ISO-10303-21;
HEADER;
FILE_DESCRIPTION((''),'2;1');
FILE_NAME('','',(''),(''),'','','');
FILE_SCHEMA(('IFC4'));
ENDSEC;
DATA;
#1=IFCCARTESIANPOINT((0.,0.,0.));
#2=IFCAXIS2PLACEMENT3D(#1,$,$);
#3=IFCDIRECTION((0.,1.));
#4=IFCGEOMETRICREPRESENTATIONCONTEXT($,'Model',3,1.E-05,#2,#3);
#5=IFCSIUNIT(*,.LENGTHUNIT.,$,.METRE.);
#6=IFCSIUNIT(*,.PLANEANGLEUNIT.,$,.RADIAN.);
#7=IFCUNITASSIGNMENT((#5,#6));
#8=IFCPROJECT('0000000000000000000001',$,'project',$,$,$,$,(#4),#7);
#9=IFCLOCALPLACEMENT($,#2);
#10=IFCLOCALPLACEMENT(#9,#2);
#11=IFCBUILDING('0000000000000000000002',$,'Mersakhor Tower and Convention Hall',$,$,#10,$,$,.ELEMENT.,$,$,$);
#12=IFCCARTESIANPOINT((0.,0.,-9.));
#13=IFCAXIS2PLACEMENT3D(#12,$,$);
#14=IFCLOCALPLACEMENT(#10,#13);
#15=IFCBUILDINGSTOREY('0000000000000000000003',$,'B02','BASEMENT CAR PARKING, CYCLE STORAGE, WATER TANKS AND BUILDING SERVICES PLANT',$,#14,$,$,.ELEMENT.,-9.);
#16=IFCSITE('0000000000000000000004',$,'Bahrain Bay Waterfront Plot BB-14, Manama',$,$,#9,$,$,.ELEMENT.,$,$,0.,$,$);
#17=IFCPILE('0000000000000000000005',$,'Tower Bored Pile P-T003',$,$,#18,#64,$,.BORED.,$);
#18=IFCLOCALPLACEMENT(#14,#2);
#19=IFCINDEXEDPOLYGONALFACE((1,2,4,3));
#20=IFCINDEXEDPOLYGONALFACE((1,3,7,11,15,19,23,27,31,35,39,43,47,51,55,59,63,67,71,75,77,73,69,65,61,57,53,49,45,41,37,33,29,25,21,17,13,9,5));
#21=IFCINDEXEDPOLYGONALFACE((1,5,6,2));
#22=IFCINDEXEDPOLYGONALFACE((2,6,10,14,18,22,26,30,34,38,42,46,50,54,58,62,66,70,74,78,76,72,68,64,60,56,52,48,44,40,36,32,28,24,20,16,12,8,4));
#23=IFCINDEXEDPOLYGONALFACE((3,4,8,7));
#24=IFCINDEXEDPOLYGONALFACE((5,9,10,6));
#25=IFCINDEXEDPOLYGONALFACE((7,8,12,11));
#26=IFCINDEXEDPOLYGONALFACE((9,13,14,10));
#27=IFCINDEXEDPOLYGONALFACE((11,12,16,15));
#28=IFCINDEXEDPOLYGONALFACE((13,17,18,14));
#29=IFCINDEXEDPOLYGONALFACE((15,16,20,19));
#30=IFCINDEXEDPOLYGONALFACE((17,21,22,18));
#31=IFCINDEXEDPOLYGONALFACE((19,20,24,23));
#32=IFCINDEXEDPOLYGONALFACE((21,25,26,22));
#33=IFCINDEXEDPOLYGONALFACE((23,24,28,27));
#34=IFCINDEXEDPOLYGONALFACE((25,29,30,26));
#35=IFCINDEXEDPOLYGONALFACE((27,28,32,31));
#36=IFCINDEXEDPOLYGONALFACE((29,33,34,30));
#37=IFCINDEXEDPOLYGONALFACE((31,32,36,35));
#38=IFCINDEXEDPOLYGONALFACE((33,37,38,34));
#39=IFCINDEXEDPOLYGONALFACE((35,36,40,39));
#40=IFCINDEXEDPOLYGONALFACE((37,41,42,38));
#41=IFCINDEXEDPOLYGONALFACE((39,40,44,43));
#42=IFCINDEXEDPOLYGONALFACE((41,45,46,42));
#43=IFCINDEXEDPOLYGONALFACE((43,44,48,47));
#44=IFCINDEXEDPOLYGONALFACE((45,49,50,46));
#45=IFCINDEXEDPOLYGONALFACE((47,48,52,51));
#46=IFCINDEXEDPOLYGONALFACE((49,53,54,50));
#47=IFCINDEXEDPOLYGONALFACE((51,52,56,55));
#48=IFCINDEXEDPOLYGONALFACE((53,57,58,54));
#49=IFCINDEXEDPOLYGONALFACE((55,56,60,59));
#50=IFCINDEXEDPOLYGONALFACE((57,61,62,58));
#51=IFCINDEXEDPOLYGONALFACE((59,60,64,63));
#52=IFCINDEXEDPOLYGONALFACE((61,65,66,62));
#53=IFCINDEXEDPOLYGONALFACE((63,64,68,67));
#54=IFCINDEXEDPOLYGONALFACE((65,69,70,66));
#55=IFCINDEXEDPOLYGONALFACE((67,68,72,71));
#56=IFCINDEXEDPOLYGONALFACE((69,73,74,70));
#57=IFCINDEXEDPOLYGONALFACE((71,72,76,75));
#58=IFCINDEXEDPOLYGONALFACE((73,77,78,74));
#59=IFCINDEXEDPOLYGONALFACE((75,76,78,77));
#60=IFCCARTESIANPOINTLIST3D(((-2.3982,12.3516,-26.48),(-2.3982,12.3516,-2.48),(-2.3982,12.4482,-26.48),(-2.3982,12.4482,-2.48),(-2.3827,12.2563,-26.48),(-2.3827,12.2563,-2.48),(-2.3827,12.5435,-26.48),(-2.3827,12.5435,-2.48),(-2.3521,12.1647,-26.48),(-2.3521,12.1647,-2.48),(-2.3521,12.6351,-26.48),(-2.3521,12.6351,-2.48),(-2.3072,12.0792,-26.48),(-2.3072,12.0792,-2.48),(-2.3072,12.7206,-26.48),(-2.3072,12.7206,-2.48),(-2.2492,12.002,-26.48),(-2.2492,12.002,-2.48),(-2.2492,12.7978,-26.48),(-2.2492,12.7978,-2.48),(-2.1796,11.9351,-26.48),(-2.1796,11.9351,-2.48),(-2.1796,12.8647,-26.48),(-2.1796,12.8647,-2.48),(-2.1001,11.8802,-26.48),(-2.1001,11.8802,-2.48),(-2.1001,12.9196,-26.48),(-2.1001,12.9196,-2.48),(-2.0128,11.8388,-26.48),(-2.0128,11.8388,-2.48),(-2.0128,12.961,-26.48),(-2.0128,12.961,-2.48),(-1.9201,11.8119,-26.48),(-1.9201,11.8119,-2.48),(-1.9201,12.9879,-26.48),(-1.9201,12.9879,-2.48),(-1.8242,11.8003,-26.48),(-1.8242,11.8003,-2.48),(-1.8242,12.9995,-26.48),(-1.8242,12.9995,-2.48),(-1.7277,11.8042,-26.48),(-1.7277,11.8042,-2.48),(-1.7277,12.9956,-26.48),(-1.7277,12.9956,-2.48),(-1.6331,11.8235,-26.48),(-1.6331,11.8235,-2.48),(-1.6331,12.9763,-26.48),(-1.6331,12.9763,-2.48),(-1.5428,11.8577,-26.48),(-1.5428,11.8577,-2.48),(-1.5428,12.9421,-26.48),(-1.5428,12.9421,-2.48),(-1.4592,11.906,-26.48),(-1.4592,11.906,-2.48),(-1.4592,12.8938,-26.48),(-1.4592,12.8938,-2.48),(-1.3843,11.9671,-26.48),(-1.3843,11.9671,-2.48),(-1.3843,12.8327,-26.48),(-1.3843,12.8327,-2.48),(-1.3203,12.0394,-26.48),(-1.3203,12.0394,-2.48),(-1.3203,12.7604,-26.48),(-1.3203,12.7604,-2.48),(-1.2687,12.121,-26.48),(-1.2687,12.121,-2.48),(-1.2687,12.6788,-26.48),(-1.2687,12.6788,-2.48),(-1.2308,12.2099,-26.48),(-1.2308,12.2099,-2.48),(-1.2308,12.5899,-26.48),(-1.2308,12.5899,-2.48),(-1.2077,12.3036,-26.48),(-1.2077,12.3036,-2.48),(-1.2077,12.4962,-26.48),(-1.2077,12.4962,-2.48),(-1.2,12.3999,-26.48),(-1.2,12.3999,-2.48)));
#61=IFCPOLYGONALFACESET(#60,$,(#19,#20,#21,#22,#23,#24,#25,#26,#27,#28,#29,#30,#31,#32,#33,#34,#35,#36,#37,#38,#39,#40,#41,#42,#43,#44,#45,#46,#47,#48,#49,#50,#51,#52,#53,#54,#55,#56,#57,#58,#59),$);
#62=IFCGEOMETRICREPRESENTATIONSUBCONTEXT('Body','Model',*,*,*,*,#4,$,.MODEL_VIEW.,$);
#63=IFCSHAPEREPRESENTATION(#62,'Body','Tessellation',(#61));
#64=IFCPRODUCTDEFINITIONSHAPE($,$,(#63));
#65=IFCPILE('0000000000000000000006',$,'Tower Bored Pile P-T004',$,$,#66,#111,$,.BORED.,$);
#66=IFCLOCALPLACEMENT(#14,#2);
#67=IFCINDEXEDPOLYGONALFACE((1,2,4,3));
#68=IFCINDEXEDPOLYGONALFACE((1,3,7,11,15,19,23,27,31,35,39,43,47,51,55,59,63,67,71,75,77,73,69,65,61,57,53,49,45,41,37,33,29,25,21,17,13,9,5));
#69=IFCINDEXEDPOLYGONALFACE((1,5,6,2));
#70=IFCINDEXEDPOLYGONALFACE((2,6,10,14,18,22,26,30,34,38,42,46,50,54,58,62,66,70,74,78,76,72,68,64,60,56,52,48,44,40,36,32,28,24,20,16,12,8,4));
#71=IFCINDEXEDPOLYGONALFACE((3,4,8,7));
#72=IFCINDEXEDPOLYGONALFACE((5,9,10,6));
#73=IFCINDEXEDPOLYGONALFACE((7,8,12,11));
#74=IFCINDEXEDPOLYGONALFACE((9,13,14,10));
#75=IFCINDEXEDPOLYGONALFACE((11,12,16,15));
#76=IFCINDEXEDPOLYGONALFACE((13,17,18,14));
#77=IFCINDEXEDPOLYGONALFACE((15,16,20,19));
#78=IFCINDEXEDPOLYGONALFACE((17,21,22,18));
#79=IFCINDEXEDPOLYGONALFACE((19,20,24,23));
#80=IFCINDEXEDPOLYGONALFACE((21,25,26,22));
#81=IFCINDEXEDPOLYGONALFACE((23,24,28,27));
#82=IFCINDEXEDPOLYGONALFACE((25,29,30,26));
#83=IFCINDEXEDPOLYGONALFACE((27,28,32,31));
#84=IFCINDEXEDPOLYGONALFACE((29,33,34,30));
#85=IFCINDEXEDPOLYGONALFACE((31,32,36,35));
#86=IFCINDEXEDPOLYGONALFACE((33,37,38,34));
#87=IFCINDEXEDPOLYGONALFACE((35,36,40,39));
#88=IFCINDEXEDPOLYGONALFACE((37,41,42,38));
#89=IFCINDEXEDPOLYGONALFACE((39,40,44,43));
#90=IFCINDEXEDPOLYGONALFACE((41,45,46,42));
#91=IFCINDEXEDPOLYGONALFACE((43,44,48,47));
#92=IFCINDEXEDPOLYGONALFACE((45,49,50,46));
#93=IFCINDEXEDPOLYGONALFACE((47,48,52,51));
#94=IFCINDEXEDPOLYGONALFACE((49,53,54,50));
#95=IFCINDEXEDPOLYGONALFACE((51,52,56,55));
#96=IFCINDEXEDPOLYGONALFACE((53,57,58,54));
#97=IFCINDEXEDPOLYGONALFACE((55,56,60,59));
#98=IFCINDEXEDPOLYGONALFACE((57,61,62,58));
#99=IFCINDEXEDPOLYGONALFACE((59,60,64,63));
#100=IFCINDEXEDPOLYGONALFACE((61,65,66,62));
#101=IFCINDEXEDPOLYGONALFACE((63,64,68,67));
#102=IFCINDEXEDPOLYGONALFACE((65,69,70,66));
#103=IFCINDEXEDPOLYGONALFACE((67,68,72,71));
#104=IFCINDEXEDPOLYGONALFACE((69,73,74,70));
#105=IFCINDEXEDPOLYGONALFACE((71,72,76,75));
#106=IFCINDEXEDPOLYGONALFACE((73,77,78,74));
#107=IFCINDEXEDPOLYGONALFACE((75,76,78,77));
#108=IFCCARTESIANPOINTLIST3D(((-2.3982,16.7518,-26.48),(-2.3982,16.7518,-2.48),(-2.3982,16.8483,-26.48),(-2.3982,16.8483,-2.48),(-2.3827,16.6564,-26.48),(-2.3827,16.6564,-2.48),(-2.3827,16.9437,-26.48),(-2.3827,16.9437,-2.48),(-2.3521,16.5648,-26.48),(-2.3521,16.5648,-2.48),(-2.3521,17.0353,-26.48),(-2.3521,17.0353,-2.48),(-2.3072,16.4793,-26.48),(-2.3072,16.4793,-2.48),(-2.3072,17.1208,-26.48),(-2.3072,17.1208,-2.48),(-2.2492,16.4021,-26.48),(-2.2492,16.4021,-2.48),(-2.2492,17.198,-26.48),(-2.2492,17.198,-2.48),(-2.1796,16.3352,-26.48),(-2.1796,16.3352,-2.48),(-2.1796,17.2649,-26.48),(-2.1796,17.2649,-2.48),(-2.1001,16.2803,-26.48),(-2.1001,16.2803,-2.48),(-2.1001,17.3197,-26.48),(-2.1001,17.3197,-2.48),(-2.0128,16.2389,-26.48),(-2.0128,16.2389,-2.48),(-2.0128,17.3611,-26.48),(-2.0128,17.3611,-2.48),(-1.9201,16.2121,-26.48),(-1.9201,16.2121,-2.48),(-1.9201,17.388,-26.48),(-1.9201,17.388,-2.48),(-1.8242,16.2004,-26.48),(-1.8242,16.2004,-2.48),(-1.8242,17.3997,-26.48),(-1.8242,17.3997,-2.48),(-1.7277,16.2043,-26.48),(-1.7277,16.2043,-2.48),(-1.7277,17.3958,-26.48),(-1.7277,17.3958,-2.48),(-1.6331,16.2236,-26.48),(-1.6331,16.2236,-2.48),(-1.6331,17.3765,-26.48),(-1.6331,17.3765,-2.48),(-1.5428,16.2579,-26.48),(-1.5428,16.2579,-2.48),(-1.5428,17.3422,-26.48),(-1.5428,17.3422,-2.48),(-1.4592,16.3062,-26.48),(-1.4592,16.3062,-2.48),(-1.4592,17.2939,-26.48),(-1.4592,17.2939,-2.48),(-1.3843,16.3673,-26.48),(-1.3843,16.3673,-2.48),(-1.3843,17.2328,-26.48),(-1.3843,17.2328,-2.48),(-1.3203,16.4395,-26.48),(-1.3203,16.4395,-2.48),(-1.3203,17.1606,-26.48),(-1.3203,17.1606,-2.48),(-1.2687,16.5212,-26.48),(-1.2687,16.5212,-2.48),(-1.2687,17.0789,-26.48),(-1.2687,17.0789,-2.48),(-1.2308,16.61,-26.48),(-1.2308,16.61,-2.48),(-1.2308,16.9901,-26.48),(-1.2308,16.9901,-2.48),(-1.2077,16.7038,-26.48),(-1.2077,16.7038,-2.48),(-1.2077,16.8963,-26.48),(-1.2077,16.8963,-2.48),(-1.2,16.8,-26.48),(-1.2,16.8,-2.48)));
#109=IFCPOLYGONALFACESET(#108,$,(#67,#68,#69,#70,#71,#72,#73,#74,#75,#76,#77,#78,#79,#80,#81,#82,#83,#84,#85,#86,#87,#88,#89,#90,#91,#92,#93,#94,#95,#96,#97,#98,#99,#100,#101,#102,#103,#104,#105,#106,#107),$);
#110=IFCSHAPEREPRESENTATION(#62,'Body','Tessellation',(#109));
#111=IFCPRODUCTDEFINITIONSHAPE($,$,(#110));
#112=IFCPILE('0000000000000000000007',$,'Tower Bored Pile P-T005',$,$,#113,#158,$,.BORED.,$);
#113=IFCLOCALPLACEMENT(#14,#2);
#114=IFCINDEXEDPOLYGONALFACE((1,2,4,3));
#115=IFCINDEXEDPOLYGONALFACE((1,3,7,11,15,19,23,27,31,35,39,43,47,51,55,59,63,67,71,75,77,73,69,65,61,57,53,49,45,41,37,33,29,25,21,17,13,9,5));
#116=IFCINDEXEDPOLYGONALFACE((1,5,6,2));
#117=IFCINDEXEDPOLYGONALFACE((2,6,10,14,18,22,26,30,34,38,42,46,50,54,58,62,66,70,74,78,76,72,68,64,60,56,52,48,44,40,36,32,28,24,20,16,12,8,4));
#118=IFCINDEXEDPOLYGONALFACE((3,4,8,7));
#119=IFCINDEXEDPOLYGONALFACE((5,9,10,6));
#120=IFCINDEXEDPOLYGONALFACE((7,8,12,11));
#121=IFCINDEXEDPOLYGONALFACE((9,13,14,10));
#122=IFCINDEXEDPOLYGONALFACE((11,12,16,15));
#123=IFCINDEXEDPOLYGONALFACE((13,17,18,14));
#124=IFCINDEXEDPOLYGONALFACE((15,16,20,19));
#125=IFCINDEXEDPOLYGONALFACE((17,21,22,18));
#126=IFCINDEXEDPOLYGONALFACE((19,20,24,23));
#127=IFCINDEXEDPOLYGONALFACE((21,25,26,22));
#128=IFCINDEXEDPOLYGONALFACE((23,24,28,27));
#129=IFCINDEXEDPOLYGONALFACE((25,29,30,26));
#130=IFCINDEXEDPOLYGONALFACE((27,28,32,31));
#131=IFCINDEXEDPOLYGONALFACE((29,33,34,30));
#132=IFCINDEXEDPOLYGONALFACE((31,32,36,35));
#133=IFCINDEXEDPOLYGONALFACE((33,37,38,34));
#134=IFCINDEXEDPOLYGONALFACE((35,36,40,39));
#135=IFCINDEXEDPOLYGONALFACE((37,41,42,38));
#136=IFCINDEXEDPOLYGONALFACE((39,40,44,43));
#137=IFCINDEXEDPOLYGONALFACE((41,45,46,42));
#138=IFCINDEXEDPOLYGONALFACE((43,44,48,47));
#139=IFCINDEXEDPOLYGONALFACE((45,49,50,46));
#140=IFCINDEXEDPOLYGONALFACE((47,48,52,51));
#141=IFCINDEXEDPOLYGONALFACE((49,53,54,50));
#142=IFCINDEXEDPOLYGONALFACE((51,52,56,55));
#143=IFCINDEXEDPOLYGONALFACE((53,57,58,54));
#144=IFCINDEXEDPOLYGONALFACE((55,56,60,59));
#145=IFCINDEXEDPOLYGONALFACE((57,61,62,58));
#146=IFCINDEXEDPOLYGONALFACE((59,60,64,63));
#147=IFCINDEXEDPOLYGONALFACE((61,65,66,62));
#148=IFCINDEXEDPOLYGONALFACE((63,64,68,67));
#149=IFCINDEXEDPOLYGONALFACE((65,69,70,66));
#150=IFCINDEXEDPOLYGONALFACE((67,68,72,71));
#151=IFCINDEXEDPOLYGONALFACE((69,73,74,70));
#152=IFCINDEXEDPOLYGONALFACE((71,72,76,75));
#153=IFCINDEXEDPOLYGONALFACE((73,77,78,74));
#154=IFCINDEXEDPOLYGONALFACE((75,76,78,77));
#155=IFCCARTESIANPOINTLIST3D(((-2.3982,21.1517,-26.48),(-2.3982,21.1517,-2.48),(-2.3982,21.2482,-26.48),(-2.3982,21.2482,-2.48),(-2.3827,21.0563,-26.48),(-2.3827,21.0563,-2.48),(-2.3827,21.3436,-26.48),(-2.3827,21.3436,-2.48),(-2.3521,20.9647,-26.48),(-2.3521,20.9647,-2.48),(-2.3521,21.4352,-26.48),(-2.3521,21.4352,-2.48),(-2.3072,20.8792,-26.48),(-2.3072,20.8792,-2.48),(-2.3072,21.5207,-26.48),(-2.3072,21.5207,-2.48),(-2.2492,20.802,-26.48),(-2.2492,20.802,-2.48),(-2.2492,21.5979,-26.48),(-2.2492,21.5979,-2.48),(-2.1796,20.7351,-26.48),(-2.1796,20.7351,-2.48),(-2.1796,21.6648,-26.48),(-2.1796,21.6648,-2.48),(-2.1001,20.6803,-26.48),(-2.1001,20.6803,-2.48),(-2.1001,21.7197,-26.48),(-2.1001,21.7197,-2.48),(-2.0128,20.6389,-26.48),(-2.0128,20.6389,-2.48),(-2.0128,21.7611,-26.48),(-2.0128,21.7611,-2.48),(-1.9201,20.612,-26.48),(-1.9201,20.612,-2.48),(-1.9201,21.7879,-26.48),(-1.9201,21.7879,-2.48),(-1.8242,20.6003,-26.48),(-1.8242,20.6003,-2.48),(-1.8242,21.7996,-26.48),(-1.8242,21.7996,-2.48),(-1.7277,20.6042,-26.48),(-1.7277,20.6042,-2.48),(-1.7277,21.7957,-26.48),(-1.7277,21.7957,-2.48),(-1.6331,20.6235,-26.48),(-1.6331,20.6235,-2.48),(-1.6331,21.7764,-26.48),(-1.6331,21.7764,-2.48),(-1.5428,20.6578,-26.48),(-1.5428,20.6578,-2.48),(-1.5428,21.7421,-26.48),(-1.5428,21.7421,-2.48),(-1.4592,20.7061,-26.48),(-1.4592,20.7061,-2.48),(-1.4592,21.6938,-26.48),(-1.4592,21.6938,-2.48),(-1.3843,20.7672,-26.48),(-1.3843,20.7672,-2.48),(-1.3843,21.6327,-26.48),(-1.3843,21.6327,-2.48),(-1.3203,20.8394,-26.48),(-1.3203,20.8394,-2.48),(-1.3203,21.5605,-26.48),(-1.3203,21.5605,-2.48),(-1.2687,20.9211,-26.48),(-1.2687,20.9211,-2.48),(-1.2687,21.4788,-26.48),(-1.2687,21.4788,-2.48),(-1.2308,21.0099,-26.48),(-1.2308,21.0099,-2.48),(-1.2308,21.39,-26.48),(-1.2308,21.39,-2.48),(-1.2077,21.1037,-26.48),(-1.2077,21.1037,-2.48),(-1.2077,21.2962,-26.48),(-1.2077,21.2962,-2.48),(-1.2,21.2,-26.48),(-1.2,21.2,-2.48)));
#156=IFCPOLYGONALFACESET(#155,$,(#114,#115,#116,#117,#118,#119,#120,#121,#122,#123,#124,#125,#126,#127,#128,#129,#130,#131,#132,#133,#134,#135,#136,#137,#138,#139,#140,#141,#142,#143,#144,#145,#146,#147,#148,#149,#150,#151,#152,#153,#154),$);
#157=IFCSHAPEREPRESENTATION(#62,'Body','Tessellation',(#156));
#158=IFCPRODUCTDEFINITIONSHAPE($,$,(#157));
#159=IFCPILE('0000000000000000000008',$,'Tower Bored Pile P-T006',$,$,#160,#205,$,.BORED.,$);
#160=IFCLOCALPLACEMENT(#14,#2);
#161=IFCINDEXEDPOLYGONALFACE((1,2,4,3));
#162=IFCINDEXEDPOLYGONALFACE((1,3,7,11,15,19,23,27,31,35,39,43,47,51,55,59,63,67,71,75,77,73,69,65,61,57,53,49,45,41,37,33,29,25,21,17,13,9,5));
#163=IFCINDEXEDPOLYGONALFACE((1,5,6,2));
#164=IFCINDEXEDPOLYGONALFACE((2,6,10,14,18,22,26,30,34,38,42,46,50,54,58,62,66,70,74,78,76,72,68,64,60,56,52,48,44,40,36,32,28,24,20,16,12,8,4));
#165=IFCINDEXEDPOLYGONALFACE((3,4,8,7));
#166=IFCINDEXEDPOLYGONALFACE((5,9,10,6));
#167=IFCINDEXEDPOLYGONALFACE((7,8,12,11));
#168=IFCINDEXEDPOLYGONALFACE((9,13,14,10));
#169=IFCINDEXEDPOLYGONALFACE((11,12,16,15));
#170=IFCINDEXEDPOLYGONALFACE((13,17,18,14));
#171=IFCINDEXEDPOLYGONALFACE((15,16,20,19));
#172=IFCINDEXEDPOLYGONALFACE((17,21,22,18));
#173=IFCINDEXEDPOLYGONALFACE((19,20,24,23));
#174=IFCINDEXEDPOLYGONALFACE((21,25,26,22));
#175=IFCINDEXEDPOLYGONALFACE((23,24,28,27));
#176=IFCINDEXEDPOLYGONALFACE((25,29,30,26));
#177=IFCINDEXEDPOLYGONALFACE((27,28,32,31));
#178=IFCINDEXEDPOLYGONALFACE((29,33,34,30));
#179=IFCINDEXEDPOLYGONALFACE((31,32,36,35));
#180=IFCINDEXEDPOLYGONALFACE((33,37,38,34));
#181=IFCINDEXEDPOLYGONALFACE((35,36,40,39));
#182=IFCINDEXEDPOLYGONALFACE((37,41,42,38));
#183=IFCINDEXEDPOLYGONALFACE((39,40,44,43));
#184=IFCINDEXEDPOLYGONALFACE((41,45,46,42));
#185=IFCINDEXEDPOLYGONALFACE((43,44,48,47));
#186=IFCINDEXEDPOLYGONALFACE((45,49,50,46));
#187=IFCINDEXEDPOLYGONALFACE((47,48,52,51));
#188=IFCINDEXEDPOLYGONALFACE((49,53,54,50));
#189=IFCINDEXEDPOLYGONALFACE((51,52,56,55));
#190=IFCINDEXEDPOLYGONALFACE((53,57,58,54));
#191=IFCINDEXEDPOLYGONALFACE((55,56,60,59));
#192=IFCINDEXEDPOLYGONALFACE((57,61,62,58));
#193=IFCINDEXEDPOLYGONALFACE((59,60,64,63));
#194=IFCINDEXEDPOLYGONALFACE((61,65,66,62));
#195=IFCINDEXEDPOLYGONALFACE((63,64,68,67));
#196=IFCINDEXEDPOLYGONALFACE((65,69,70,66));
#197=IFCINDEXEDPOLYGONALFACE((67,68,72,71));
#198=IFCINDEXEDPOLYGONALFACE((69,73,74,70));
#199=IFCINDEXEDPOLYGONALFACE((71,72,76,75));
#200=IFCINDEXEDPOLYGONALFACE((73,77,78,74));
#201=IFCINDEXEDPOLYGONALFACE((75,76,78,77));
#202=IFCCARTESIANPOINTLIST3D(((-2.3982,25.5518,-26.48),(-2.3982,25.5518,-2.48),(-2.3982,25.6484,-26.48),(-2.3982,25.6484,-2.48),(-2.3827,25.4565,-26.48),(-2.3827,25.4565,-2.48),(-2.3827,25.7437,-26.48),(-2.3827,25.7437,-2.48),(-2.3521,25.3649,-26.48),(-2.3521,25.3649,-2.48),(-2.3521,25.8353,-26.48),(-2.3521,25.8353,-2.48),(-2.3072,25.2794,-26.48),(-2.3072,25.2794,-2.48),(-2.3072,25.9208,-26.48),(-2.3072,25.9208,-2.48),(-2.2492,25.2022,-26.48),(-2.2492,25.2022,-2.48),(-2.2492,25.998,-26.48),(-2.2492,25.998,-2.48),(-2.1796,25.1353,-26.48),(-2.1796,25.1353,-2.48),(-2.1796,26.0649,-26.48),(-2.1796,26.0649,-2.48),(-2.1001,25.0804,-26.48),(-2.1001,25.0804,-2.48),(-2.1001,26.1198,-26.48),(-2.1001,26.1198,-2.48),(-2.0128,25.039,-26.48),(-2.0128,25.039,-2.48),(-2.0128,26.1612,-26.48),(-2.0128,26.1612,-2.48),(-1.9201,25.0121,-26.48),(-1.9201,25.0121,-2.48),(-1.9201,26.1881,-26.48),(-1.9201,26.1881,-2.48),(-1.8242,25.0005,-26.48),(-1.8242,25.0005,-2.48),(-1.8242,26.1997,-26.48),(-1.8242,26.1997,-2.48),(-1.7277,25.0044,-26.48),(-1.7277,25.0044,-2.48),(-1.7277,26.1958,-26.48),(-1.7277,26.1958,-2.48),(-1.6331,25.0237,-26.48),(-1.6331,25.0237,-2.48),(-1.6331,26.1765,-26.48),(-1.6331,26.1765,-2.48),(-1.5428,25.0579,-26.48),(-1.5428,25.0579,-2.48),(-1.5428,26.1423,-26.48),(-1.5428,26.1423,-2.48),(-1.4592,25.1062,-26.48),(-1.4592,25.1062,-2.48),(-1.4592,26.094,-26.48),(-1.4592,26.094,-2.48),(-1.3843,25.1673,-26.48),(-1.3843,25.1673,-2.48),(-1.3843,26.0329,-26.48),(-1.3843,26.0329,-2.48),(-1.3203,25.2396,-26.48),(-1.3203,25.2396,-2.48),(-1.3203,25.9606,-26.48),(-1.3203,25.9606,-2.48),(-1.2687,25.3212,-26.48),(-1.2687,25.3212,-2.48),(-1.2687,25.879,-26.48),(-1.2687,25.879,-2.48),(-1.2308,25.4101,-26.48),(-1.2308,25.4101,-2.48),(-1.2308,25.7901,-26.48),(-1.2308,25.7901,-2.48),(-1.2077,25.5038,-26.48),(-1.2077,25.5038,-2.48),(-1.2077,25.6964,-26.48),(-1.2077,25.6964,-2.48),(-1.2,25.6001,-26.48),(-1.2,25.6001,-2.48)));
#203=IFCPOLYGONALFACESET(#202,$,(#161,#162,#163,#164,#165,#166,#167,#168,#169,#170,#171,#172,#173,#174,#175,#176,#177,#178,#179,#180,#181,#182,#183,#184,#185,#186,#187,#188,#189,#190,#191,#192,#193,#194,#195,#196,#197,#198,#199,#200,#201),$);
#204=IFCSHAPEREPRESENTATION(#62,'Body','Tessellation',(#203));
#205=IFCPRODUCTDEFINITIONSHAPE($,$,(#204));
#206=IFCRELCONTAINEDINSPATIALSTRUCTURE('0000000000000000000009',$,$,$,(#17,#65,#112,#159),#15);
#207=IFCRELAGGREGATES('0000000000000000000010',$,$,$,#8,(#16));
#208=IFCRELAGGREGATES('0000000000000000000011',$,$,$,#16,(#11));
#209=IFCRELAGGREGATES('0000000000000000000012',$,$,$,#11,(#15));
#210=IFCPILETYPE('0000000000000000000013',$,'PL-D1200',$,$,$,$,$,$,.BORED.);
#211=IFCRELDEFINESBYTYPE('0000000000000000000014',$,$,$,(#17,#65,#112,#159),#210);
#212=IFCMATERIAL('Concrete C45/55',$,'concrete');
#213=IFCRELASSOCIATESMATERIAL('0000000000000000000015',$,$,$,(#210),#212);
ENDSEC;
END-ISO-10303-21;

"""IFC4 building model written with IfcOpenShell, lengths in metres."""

from ifc_helpers import new_model, si_unit, direction, frame, origin, origin_2d, place, context, subcontext, project, spatial, circle, extrude, material, material_profile, profile_set, type_object, element, save


model = new_model("IFC4")

# Units and contexts
model_context = context("Model", 3, precision=1e-05, world=origin(), true_north=direction((0.0, 1.0)))
body_context = subcontext(model_context, "Body", "Model", "MODEL_VIEW")
ifc_project = project(units=[si_unit("LENGTHUNIT", "METRE"), si_unit("PLANEANGLEUNIT", "RADIAN")], contexts=[model_context])

# Site, building, storey
site_placement = place(None, origin())
site = spatial("IfcSite", under=ifc_project, at=site_placement, Name="Bahrain Bay Waterfront Plot BB-14, Manama", CompositionType="ELEMENT", RefElevation=0.0)
building_placement = place(site_placement, origin())
building = spatial("IfcBuilding", under=site, at=building_placement, Name="Mersakhor Tower and Convention Hall", CompositionType="ELEMENT")
storey_placement = place(building_placement, frame((0.0, 0.0, -9.0)))
storey = spatial("IfcBuildingStorey", under=building, at=storey_placement, Name="B02", Description="BASEMENT CAR PARKING, CYCLE STORAGE, WATER TANKS AND BUILDING SERVICES PLANT", CompositionType="ELEMENT", Elevation=-9.0)

# Piles
ifc_material_1 = material(Name="Concrete C45/55", Category="concrete")
ifc_material_profile_1 = material_profile(ifc_material_1, circle(Radius=0.6001, at=origin_2d()), Name="PILE D1200")
ifc_profile_set_1 = profile_set([ifc_material_profile_1], Name="Concrete C45/55")
pile_type = type_object("IfcPileType", Name="PL-D1200", PredefinedType="BORED", material=ifc_profile_set_1)
for number, where, z_axis, x_axis, name in (
    (1, (-1.8, 12.3999, -2.48), (0.0, 0.0, -1.0), (1.0, 0.0, 0.0), "Tower Bored Pile P-T003"),
    (2, (-1.8, 16.8, -2.48), (0.0, 0.0, -1.0), (1.0, 0.0, 0.0), "Tower Bored Pile P-T004"),
    (3, (-1.8, 21.2, -2.48), (0.0, 0.0, -1.0), (1.0, 0.0, 0.0), "Tower Bored Pile P-T005"),
    (4, (-1.8, 25.6001, -2.48), (0.0, 0.0, -1.0), (1.0, 0.0, 0.0), "Tower Bored Pile P-T006"),
):
    element("IfcPile", number, at=place(storey_placement, frame(where, z_axis=z_axis, x_axis=x_axis)), inside=storey, type_object=pile_type, Name=name, PredefinedType="BORED", context=body_context, shape_type="SweptSolid", body=[
        extrude(circle(Radius=0.6001, at=origin_2d()), origin(), (0.0, 0.0, 1.0), 24.0),
    ])

save(model, "model.ifc")
